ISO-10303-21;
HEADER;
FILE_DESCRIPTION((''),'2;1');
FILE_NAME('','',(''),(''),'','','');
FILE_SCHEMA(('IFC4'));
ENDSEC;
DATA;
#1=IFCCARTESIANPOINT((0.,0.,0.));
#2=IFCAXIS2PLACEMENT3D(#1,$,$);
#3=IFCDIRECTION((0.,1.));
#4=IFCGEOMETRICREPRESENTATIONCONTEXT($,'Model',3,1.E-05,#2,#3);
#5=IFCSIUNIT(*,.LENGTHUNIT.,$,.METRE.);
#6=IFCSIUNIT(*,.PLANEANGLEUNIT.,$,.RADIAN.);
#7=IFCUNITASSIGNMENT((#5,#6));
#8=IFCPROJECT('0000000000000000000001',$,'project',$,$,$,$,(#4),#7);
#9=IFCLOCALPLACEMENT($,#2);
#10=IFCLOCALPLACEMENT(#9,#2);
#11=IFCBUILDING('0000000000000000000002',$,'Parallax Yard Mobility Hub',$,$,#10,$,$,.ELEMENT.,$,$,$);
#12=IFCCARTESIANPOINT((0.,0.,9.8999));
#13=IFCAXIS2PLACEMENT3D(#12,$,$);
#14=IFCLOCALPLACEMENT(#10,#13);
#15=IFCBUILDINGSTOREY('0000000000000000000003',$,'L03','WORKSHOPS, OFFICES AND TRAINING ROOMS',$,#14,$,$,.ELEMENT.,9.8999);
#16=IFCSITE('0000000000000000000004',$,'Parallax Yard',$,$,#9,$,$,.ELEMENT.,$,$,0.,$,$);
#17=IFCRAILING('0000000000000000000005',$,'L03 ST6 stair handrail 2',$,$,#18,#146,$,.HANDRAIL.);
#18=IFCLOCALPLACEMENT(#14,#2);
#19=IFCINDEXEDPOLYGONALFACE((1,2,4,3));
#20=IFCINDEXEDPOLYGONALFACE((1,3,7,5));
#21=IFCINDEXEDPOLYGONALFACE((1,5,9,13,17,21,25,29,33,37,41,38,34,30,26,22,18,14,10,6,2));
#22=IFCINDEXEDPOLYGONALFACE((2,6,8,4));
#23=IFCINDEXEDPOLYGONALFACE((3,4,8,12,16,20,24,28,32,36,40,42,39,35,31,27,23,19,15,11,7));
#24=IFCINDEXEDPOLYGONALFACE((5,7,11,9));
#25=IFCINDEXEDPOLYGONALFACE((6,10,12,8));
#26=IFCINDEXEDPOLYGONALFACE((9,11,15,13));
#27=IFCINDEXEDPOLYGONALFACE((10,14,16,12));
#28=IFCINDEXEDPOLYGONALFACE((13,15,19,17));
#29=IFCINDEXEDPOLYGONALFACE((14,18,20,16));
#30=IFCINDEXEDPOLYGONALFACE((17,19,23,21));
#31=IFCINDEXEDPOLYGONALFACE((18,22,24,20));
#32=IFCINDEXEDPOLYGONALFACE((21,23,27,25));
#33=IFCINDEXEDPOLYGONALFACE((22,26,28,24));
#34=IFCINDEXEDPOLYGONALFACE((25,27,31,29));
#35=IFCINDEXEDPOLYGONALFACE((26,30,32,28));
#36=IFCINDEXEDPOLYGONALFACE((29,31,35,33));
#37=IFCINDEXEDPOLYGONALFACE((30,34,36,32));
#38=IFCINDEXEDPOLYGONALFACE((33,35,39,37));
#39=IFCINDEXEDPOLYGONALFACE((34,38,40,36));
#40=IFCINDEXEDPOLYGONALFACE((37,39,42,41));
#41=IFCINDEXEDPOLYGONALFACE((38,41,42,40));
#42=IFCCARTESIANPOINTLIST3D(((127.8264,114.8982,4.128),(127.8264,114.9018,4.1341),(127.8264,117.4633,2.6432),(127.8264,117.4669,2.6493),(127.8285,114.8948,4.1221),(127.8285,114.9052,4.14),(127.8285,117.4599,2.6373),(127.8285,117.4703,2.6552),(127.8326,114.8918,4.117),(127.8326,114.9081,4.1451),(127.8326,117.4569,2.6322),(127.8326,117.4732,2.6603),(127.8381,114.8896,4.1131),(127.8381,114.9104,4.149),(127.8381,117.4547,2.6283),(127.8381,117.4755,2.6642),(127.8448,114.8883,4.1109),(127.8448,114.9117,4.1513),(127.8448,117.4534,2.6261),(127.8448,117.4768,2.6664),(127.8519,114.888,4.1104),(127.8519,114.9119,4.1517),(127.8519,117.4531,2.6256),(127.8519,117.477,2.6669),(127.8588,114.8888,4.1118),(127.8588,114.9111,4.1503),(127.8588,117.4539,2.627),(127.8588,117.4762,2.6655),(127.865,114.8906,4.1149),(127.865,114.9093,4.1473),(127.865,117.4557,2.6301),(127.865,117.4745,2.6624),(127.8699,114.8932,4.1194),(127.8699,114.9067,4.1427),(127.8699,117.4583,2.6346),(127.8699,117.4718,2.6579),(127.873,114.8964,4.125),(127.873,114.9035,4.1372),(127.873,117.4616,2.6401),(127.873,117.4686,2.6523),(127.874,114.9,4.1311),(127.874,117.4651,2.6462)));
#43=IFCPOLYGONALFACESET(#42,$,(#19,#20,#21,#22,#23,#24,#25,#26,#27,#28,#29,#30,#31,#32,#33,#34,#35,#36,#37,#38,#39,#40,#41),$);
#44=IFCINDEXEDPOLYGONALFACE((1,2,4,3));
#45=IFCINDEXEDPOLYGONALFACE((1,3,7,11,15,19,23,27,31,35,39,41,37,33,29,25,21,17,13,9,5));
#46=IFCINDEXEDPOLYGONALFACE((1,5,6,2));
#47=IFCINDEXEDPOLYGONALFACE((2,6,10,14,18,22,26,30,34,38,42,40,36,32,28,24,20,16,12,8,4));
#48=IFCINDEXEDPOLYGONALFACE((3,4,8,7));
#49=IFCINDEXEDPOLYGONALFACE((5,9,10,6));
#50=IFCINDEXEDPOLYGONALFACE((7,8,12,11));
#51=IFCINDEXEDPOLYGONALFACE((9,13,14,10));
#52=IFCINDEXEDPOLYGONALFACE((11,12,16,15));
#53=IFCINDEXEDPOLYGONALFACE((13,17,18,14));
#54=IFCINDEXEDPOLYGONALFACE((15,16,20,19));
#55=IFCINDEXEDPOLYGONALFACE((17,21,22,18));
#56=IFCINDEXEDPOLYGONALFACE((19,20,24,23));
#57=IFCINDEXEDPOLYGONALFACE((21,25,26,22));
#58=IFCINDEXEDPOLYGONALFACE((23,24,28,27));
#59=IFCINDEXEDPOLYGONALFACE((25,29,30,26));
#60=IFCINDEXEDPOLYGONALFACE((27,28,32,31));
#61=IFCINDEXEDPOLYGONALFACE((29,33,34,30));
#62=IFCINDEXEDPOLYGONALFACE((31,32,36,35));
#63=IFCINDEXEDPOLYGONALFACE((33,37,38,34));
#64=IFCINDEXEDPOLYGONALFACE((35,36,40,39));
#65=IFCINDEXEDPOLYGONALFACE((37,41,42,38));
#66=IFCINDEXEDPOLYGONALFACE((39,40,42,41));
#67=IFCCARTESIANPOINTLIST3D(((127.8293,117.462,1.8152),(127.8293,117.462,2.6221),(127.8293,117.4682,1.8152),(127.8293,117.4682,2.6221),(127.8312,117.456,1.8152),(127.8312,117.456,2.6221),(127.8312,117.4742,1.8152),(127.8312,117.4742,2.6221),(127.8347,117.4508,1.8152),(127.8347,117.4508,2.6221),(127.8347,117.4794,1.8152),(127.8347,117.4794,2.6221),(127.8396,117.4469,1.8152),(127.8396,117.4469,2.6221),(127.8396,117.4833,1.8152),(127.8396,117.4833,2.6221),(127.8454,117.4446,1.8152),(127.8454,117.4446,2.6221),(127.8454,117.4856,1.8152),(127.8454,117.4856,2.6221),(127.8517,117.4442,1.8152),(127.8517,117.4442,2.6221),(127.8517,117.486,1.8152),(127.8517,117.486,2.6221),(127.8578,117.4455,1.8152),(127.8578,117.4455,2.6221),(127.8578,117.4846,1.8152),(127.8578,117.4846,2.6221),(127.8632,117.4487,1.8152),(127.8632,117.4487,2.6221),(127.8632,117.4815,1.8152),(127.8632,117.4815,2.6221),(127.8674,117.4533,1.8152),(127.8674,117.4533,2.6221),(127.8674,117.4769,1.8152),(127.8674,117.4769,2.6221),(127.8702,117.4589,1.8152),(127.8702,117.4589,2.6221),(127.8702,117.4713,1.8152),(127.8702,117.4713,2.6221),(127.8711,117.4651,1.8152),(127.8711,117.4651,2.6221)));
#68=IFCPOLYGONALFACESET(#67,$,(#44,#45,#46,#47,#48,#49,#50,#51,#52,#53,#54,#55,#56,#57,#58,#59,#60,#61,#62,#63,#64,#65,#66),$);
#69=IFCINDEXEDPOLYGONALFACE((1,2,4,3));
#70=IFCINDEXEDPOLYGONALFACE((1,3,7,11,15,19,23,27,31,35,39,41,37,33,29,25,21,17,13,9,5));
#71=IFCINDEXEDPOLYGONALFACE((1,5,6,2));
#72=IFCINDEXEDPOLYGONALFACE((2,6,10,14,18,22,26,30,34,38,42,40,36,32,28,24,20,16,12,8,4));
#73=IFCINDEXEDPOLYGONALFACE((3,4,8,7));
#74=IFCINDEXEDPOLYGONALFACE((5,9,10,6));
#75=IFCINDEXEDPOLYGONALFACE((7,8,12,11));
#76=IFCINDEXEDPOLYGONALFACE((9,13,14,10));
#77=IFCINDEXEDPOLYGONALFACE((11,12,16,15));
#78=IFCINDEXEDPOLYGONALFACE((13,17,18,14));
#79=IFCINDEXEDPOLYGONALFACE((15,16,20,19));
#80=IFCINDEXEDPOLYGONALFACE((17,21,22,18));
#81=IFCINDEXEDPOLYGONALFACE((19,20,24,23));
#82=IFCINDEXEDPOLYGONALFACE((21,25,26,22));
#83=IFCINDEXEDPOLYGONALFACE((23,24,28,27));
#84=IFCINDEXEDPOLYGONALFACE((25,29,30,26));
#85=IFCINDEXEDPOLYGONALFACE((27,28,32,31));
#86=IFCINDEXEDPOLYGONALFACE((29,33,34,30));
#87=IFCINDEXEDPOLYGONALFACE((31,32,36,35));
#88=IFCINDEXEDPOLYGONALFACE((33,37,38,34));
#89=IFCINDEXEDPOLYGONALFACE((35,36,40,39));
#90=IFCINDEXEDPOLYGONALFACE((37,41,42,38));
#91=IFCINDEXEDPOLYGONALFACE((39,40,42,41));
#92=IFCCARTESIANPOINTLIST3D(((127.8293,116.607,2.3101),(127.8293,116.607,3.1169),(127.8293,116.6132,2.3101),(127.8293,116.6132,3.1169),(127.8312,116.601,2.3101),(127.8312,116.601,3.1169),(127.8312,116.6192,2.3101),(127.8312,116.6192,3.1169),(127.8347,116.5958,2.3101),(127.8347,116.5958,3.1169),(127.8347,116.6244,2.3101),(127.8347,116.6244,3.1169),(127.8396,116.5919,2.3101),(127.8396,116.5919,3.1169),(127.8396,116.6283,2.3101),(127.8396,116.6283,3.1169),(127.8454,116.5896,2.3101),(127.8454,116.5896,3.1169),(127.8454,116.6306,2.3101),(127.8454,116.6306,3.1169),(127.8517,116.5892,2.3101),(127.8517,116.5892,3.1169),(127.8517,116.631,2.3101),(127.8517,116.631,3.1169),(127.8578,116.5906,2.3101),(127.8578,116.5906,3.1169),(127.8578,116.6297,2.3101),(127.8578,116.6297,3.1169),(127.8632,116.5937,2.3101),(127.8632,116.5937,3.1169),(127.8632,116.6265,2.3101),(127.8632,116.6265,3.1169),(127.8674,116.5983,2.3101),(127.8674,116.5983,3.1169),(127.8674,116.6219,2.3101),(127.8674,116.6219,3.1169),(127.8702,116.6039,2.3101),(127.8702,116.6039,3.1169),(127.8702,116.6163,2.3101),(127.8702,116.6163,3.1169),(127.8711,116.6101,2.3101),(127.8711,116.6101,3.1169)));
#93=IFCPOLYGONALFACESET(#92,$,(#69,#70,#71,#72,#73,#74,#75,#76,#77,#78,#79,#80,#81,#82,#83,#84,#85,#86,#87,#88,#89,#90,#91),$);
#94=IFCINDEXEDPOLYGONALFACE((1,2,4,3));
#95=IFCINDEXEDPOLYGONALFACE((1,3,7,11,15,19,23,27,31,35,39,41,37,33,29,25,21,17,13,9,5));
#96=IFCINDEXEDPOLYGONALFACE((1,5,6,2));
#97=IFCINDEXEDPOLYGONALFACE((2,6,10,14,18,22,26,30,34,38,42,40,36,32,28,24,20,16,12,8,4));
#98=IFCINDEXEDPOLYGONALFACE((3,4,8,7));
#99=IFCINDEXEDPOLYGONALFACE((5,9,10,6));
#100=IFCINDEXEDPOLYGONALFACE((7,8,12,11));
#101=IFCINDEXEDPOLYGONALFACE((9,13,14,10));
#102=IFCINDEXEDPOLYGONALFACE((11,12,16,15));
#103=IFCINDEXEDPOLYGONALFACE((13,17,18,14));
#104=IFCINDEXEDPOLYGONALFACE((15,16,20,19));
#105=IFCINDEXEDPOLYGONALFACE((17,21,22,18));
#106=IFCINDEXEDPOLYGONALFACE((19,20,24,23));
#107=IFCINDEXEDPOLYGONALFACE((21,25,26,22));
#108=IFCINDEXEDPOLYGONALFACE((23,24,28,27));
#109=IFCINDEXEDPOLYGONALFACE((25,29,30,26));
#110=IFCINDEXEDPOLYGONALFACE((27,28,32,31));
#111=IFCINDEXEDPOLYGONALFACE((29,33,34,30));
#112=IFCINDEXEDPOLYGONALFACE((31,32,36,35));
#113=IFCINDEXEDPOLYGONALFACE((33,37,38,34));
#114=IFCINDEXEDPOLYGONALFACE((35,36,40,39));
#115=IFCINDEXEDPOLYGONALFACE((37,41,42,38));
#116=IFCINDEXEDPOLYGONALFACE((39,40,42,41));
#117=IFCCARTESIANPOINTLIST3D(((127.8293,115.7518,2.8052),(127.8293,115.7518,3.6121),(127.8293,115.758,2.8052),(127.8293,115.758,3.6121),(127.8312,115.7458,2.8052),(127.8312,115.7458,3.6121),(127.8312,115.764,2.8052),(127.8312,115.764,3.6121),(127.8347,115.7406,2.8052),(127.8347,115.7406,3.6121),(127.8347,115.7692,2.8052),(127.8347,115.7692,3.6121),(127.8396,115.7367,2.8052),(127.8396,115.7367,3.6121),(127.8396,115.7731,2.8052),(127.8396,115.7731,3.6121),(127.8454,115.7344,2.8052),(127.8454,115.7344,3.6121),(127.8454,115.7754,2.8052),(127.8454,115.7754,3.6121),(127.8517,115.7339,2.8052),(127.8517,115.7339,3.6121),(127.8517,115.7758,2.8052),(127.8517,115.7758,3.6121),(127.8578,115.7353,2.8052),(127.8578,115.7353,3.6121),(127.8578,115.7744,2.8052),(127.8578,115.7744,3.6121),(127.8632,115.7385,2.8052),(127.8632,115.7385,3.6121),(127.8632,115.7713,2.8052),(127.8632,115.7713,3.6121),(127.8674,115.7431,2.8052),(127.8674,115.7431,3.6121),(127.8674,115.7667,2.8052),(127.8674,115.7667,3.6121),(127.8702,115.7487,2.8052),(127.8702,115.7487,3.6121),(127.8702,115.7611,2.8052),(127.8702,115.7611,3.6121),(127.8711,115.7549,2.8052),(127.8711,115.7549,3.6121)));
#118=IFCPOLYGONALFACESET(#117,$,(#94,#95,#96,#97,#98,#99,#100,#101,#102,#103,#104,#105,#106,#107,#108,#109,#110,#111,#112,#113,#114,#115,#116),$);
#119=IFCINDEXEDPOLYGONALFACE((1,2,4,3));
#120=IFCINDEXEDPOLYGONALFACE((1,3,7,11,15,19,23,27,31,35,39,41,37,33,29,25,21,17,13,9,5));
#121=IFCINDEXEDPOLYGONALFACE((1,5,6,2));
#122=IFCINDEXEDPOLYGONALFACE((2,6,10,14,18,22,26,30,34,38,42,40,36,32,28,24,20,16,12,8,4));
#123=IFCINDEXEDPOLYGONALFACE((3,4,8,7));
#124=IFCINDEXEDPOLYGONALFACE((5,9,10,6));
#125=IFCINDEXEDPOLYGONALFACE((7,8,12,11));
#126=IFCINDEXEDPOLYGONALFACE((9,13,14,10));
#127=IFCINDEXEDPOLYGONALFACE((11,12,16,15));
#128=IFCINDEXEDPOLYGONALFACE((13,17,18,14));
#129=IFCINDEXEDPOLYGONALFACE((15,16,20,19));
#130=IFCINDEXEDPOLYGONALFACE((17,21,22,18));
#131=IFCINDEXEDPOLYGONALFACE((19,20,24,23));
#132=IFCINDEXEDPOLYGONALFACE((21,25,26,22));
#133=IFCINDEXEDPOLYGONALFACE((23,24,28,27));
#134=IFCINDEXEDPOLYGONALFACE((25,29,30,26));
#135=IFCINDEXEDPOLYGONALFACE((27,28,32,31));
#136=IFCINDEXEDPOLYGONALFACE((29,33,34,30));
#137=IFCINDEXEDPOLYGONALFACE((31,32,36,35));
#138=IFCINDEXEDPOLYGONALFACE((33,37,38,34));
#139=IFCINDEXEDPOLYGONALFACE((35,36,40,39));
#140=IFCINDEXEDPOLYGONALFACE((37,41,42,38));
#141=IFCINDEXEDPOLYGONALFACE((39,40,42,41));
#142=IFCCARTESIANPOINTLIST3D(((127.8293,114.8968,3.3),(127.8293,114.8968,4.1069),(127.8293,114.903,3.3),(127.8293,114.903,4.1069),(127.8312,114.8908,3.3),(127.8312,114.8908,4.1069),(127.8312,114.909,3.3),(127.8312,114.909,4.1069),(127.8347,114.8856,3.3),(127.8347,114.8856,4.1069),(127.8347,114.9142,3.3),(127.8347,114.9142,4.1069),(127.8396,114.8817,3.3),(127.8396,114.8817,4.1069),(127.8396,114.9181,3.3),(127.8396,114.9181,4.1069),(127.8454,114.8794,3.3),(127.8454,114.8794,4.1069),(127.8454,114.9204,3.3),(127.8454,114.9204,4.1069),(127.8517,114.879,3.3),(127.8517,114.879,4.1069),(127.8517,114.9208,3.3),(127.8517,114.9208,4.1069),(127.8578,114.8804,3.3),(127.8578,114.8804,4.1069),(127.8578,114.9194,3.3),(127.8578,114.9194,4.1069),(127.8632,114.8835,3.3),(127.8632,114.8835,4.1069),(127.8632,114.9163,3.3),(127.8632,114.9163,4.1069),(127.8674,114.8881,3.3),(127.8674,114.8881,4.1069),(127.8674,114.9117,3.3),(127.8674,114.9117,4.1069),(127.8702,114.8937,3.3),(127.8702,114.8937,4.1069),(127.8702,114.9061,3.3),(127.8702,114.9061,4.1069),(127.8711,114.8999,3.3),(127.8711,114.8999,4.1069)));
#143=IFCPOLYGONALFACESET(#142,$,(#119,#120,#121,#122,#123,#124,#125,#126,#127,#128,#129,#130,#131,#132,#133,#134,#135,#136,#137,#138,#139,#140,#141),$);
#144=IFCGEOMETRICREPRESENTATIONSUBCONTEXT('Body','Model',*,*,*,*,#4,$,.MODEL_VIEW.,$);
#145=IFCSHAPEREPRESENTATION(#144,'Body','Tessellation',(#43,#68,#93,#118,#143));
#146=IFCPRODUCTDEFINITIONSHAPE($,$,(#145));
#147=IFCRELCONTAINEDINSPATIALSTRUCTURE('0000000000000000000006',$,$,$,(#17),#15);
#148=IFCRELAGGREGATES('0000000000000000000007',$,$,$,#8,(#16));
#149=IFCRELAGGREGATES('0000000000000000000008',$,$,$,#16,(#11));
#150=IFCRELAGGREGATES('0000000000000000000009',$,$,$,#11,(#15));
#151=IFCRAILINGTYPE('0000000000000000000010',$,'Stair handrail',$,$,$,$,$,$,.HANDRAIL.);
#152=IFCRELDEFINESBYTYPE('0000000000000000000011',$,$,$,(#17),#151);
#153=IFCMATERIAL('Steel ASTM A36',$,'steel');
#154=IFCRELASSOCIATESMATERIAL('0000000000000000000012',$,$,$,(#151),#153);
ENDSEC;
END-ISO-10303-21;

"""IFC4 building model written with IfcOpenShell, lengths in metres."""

from ifc_helpers import new_model, si_unit, direction, frame, origin, origin_2d, place, context, subcontext, project, spatial, circle, extrude, material, type_object, element, save


model = new_model("IFC4")

# Units and contexts
model_context = context("Model", 3, precision=1e-05, world=origin(), true_north=direction((0.0, 1.0)))
body_context = subcontext(model_context, "Body", "Model", "MODEL_VIEW")
ifc_project = project(units=[si_unit("LENGTHUNIT", "METRE"), si_unit("PLANEANGLEUNIT", "RADIAN")], contexts=[model_context])

# Site, building, storey
site_placement = place(None, origin())
site = spatial("IfcSite", under=ifc_project, at=site_placement, Name="Parallax Yard", CompositionType="ELEMENT", RefElevation=0.0)
building_placement = place(site_placement, origin())
building = spatial("IfcBuilding", under=site, at=building_placement, Name="Parallax Yard Mobility Hub", CompositionType="ELEMENT")
storey_placement = place(building_placement, frame((0.0, 0.0, 9.8999)))
storey = spatial("IfcBuildingStorey", under=building, at=storey_placement, Name="L03", Description="WORKSHOPS, OFFICES AND TRAINING ROOMS", CompositionType="ELEMENT", Elevation=9.8999)

# Railing
ifc_material_1 = material(Name="Steel ASTM A36", Category="steel")
railing_type_1 = type_object("IfcRailingType", Name="Stair handrail", PredefinedType="HANDRAIL", material=ifc_material_1)
railing_1_placement = place(storey_placement, frame((127.8501, 117.4651, 1.8152)))
element("IfcRailing", 1, at=railing_1_placement, inside=storey, type_object=railing_type_1, Name="L03 ST6 stair handrail 2", PredefinedType="HANDRAIL", context=body_context, shape_type="SweptSolid", body=[
    extrude(circle(Radius=0.0239, at=origin_2d()), frame((0.0, 0.0, 0.8311), z_axis=(0.0, -0.865462, 0.500975), x_axis=(1.0, 0.0, 0.0)), (0.0, 0.0, 1.0), 2.9639),
    extrude(circle(Radius=0.021, at=origin_2d()), origin(), (0.0, 0.0, 1.0), 0.8069),
    extrude(circle(Radius=0.021, at=origin_2d()), frame((0.0, -0.855, 0.4949)), (0.0, 0.0, 1.0), 0.8069),
    extrude(circle(Radius=0.021, at=origin_2d()), frame((0.0, -1.7102, 0.99)), (0.0, 0.0, 1.0), 0.8069),
    extrude(circle(Radius=0.021, at=origin_2d()), frame((0.0, -2.5652, 1.4849)), (0.0, 0.0, 1.0), 0.8069),
])

save(model, "model.ifc")
